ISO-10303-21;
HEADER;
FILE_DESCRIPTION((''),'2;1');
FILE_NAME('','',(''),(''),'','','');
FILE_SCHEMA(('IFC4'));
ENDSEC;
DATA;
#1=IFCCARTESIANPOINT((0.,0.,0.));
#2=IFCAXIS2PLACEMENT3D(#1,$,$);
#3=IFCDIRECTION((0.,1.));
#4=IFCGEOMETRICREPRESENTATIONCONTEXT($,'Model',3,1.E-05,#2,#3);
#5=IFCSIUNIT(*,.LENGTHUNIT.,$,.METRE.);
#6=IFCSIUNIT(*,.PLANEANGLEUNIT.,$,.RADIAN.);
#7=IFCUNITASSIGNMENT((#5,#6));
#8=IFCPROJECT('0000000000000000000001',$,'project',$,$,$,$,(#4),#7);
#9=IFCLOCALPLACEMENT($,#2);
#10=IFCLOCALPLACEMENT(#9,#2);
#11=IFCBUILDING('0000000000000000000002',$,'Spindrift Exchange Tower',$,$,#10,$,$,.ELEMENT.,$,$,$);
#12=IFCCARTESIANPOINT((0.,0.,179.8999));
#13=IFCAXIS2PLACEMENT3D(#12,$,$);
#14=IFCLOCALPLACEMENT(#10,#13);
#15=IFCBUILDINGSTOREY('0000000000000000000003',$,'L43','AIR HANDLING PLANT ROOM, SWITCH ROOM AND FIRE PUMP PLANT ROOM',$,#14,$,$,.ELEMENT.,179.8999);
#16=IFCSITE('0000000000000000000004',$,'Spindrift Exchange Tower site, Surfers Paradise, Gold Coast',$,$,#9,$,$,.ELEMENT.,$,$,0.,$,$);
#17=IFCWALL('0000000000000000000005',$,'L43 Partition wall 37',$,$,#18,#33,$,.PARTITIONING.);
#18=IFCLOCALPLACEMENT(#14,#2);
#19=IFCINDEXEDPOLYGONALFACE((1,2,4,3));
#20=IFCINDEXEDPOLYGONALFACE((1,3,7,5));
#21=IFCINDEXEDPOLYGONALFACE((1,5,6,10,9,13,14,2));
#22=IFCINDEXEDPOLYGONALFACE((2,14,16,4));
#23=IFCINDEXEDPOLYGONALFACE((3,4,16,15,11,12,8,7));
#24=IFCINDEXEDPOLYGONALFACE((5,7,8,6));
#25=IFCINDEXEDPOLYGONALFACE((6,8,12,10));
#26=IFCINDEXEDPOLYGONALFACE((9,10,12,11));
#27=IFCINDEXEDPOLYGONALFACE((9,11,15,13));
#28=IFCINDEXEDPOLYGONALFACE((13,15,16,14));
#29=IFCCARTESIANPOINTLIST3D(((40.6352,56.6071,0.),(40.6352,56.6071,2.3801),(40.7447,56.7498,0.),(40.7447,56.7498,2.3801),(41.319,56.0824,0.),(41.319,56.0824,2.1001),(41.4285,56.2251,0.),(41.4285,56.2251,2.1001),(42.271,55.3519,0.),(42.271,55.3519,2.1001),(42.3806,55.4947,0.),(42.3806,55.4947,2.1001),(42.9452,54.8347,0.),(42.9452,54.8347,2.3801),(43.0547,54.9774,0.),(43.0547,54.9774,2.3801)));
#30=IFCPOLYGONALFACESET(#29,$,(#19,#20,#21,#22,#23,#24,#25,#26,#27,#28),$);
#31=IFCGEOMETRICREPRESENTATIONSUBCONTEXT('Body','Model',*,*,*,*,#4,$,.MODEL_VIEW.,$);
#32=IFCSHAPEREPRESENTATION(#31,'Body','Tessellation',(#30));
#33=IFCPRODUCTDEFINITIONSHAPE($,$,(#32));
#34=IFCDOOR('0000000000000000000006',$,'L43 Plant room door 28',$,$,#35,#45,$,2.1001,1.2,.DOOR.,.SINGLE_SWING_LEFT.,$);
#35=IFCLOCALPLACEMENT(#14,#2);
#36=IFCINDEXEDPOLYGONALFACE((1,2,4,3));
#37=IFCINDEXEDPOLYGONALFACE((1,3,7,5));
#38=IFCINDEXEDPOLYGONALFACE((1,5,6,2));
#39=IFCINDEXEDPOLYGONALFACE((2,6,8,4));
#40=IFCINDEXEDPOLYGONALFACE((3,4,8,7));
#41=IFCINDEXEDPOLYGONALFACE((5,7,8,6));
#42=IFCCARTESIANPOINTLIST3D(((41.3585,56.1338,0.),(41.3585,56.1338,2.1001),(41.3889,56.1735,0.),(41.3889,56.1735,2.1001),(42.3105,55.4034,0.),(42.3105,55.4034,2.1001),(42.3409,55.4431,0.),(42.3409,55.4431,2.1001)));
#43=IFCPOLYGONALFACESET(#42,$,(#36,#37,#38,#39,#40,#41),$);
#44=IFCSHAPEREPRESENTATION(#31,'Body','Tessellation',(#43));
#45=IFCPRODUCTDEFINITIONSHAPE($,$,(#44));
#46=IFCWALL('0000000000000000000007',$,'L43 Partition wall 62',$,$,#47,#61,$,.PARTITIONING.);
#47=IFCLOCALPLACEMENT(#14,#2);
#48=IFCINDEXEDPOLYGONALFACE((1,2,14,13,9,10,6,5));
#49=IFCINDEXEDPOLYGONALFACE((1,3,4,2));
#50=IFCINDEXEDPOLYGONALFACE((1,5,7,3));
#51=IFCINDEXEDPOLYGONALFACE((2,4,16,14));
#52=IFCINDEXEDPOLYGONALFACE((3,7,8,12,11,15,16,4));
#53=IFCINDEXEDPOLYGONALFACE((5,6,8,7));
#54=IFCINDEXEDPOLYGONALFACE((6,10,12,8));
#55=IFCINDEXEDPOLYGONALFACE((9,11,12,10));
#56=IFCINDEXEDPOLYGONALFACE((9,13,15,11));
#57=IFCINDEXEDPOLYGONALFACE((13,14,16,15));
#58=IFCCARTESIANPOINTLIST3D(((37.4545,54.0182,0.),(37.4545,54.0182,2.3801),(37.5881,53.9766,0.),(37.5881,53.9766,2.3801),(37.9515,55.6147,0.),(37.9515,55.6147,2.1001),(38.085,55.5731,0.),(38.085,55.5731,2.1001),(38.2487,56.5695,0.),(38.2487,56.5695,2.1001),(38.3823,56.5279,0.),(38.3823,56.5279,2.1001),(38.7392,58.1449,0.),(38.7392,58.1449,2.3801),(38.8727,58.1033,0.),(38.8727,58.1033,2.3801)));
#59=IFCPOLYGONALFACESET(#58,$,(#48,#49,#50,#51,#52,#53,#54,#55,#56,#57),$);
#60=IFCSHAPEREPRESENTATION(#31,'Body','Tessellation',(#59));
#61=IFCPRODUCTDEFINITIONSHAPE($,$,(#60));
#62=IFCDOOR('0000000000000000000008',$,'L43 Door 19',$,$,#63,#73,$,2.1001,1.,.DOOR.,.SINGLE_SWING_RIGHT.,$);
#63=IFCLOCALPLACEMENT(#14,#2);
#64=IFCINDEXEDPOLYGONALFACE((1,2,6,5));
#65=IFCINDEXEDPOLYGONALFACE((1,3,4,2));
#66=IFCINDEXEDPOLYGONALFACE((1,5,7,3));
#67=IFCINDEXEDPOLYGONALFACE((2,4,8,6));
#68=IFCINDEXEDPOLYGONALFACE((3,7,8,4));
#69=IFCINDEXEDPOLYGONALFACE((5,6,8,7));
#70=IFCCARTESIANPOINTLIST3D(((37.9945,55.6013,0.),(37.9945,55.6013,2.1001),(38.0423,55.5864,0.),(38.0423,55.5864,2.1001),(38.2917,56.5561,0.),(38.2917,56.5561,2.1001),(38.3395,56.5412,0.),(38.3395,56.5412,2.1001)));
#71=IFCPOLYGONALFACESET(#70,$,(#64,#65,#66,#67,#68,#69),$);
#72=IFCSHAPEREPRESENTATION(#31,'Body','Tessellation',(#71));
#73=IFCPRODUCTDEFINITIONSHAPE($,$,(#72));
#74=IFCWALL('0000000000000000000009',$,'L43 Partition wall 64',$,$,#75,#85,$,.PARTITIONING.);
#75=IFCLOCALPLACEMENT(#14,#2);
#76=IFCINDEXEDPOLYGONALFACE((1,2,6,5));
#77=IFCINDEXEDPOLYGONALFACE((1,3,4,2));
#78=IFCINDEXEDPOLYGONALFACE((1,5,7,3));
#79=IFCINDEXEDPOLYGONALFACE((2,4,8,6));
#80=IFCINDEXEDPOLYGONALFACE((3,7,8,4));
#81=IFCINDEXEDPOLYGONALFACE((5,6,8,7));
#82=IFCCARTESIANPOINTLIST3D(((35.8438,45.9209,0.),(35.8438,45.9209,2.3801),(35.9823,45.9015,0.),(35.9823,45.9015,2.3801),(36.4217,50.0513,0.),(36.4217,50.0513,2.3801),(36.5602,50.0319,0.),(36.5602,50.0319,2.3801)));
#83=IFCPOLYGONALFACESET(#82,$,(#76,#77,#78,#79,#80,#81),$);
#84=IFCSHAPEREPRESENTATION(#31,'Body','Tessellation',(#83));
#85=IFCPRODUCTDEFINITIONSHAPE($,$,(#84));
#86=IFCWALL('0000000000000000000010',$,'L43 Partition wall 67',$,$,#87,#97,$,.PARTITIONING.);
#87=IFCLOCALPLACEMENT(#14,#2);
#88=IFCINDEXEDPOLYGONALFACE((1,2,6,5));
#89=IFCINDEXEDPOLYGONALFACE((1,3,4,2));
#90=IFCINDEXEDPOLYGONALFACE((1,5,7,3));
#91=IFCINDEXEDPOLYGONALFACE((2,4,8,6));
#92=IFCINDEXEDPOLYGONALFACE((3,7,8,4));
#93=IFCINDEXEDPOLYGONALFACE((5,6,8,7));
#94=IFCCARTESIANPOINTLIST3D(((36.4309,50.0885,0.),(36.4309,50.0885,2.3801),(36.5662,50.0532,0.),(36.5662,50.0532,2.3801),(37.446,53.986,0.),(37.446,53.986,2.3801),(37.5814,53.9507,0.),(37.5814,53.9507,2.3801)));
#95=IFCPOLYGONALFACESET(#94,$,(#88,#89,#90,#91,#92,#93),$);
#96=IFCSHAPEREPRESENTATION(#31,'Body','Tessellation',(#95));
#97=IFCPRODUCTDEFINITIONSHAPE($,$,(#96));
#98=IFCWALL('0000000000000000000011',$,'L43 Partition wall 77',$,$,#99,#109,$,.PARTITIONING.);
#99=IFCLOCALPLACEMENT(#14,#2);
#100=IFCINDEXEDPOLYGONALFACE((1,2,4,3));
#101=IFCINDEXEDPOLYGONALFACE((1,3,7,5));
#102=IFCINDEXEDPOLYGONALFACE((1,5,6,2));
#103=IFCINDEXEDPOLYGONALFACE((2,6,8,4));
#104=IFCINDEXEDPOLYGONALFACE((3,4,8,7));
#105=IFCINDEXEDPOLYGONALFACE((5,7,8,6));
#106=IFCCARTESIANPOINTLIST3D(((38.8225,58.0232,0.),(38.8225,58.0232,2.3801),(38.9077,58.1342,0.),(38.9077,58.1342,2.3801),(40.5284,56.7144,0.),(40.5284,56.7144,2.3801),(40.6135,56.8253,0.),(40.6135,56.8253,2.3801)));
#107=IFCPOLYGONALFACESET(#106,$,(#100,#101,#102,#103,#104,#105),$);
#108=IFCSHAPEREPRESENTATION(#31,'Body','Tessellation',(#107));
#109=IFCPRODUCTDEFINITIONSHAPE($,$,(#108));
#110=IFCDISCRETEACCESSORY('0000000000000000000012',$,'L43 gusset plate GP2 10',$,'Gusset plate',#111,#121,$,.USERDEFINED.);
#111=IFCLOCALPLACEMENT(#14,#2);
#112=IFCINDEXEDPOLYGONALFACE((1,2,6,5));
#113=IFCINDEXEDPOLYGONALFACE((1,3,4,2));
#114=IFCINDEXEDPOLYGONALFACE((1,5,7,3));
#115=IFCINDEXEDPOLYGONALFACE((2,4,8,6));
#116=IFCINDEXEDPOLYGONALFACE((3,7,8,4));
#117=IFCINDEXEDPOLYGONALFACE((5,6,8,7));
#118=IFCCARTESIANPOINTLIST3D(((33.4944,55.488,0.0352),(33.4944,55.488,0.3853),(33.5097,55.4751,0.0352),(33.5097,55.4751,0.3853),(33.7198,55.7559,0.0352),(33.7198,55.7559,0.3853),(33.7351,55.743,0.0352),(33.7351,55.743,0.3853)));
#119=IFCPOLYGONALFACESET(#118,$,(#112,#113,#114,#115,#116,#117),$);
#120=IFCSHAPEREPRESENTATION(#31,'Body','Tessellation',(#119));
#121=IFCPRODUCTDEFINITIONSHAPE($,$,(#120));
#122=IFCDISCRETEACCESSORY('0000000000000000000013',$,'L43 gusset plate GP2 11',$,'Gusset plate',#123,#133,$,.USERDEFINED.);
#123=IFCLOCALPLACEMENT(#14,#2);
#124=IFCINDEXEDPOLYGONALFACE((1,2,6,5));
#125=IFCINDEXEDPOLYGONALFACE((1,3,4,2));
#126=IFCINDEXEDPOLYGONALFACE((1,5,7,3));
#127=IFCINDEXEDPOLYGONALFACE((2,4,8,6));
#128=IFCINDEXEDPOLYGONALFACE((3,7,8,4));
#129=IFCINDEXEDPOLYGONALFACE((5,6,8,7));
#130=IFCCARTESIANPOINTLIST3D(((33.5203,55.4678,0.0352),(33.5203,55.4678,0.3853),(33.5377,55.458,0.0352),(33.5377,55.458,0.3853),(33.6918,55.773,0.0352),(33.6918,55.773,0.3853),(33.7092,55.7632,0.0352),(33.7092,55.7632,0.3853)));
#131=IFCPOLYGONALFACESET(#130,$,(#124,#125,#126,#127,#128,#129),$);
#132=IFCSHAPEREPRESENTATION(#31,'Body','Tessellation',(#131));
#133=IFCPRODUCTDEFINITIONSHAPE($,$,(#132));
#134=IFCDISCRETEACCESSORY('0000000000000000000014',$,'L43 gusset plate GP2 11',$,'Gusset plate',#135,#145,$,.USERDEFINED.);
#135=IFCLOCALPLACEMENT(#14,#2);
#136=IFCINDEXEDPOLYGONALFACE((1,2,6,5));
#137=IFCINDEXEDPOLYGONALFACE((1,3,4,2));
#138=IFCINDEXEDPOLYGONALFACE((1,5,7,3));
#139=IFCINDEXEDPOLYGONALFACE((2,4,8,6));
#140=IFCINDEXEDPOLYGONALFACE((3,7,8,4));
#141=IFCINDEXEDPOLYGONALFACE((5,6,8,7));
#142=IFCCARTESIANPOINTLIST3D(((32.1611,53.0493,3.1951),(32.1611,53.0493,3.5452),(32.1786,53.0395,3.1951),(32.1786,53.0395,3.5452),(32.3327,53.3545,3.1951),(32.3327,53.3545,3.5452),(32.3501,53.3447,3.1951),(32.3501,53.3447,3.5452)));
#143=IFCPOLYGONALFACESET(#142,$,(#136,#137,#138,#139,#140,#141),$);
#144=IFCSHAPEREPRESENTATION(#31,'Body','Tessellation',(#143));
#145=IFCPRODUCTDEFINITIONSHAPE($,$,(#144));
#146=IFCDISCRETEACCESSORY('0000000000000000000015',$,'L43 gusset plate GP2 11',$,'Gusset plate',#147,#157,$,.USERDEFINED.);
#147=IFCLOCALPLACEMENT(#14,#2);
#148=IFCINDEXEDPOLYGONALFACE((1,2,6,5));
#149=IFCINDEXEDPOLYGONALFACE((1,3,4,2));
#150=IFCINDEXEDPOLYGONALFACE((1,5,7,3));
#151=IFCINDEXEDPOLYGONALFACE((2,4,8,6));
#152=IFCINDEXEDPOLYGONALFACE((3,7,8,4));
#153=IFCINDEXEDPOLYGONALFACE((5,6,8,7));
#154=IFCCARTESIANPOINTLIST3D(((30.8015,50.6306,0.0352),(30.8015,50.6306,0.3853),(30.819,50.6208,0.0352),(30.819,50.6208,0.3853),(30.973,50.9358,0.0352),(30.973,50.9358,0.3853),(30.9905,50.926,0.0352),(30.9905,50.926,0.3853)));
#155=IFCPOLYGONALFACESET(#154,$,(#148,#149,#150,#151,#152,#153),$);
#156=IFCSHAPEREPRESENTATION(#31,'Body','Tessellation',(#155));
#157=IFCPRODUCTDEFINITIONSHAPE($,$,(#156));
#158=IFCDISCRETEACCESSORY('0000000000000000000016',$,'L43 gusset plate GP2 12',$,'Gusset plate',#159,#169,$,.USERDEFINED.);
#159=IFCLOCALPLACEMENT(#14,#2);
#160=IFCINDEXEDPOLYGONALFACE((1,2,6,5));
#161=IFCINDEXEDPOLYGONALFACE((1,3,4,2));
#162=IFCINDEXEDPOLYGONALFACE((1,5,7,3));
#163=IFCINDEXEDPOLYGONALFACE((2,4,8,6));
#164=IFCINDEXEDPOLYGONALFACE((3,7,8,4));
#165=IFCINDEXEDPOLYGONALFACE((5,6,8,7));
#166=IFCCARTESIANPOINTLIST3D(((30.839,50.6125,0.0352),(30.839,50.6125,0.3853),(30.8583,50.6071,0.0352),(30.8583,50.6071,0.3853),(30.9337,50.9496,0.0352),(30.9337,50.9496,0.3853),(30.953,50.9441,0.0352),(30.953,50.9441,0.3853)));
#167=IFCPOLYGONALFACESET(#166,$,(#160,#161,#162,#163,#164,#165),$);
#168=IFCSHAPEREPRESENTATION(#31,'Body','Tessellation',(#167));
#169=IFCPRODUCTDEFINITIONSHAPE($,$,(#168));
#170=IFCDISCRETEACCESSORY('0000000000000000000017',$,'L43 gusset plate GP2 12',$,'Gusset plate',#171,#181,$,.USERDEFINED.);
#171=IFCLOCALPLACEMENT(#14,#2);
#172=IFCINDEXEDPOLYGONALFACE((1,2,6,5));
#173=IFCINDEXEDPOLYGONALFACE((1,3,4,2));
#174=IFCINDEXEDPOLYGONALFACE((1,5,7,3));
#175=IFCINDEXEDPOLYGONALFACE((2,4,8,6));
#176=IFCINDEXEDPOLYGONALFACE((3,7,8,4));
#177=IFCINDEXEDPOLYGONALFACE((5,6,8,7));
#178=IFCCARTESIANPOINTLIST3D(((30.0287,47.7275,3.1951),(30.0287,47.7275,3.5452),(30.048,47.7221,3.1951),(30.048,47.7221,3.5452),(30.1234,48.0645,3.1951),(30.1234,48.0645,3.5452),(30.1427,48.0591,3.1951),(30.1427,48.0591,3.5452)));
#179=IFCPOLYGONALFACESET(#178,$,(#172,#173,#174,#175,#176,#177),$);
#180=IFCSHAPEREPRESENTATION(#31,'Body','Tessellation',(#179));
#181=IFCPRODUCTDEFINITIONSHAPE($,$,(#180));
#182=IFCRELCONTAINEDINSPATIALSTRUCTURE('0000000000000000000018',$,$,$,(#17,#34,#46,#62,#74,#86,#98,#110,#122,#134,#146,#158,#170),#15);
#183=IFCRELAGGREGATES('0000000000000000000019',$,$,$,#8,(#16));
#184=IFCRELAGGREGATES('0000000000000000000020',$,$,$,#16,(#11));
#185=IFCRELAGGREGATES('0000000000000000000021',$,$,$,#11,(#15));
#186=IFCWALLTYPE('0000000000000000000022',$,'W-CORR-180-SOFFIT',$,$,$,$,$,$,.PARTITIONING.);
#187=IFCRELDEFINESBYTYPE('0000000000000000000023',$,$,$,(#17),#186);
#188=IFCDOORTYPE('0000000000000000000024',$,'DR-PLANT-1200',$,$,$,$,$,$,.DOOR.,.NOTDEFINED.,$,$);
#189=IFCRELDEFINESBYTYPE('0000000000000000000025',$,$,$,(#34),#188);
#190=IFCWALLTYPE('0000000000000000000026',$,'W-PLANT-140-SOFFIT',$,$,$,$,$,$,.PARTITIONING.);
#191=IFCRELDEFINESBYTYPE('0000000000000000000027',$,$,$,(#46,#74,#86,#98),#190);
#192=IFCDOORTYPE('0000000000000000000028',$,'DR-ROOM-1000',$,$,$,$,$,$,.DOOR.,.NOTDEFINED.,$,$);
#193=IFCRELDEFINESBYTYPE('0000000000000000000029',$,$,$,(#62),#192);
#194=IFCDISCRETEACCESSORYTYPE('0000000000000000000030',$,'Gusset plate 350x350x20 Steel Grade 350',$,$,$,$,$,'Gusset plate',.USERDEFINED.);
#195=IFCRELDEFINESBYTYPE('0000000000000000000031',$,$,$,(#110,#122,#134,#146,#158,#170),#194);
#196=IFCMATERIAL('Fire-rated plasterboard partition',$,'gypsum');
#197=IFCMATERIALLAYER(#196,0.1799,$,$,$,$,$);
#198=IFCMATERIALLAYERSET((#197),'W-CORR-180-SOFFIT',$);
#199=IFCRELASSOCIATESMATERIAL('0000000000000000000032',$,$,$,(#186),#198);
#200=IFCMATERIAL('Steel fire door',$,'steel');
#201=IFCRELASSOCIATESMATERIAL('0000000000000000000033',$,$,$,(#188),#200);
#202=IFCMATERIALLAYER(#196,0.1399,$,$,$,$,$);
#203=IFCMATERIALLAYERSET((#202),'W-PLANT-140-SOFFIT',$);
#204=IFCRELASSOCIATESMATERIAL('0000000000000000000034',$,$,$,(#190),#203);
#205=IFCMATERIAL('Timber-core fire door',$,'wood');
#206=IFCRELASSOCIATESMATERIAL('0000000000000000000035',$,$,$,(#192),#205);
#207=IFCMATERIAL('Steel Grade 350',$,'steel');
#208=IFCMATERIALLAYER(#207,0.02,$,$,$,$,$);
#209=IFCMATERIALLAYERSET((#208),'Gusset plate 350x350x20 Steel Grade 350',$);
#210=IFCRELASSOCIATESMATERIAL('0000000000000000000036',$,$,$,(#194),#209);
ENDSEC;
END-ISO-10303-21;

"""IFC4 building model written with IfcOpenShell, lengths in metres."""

from ifc_helpers import new_model, si_unit, direction, frame, frame_2d, origin, origin_2d, place, context, subcontext, project, spatial, rectangle, extrude, source, transform, mapped, material, layer, layer_set, type_object, element, fill, save


model = new_model("IFC4")

# Units and contexts
model_context = context("Model", 3, precision=1e-05, world=origin(), true_north=direction((0.0, 1.0)))
body_context = subcontext(model_context, "Body", "Model", "MODEL_VIEW")
ifc_project = project(units=[si_unit("LENGTHUNIT", "METRE"), si_unit("PLANEANGLEUNIT", "RADIAN")], contexts=[model_context])

# Site, building, storey
site_placement = place(None, origin())
site = spatial("IfcSite", under=ifc_project, at=site_placement, Name="Spindrift Exchange Tower site, Surfers Paradise, Gold Coast", CompositionType="ELEMENT", RefElevation=0.0)
building_placement = place(site_placement, origin())
building = spatial("IfcBuilding", under=site, at=building_placement, Name="Spindrift Exchange Tower", CompositionType="ELEMENT")
storey_placement = place(building_placement, frame((0.0, 0.0, 179.8999)))
storey = spatial("IfcBuildingStorey", under=building, at=storey_placement, Name="L43", Description="AIR HANDLING PLANT ROOM, SWITCH ROOM AND FIRE PUMP PLANT ROOM", CompositionType="ELEMENT", Elevation=179.8999)

# Shared definitions
ifc_material_1 = material(Name="Steel Grade 350", Category="steel")

# Walls, openings, doors
ifc_material_2 = material(Name="Fire-rated plasterboard partition", Category="gypsum")
ifc_layer_1 = layer(ifc_material_2, 0.1799)
ifc_layer_set_1 = layer_set([ifc_layer_1], Name="W-CORR-180-SOFFIT")
wall_type_1 = type_object("IfcWallType", Name="W-CORR-180-SOFFIT", PredefinedType="PARTITIONING", material=ifc_layer_set_1)
wall_1_placement = place(storey_placement, frame((40.6899, 56.6785, 0.0), z_axis=(0.0, 0.0, 1.0), x_axis=(0.793371, -0.608738, 0.0)))
wall_1 = element("IfcWall", 1, at=wall_1_placement, inside=storey, type_object=wall_type_1, Name="L43 Partition wall 37", PredefinedType="PARTITIONING", context=body_context, shape_type="SweptSolid", body=[
    extrude(rectangle(XDim=2.9116, YDim=0.1799, at=frame_2d((1.4558, 0.0))), origin(), (0.0, 0.0, 1.0), 2.3801),
])
opening_1_placement = place(wall_1_placement, frame((0.8618, 0.0, 0.0)))
opening_1 = element("IfcOpeningElement", 2, at=opening_1_placement, cuts=wall_1, PredefinedType="OPENING", context=body_context, shape_type="SweptSolid", body=[
    extrude(rectangle(XDim=1.2, YDim=2.1001, at=frame_2d((0.6001, 1.05))), frame((0.0, 0.0999, 0.0), z_axis=(0.0, -1.0, 0.0), x_axis=(1.0, 0.0, 0.0)), (0.0, 0.0, 1.0), 0.2),
])
ifc_material_3 = material(Name="Steel fire door", Category="steel")
door_type_1 = type_object("IfcDoorType", Name="DR-PLANT-1200", OperationType="NOTDEFINED", PredefinedType="DOOR", material=ifc_material_3)
shared_shape_1 = source(origin(), body_context, "Body", "SweptSolid", [
    extrude(rectangle(XDim=1.2, YDim=2.1001, at=frame_2d((0.6001, 1.05))), frame((0.0, 0.0249, 0.0), z_axis=(0.0, -1.0, 0.0), x_axis=(1.0, 0.0, 0.0)), (0.0, 0.0, 1.0), 0.05),
])
door_1_placement = place(opening_1_placement, origin())
door_1 = element("IfcDoor", 3, at=door_1_placement, inside=storey, type_object=door_type_1, Name="L43 Plant room door 28", OperationType="SINGLE_SWING_LEFT", OverallHeight=2.1001, OverallWidth=1.2, PredefinedType="DOOR", context=body_context, shape_type="MappedRepresentation", body=[
    mapped(shared_shape_1, transform((0.0, 0.0, 0.0), scale=1.0)),
])
fill(opening_1, door_1)
ifc_layer_2 = layer(ifc_material_2, 0.1399)
ifc_layer_set_2 = layer_set([ifc_layer_2], Name="W-PLANT-140-SOFFIT")
wall_type_2 = type_object("IfcWallType", Name="W-PLANT-140-SOFFIT", PredefinedType="PARTITIONING", material=ifc_layer_set_2)
wall_2_placement = place(storey_placement, frame((37.5212, 53.9973, 0.0), z_axis=(0.0, 0.0, 1.0), x_axis=(0.297236, 0.954804, 0.0)))
wall_2 = element("IfcWall", 4, at=wall_2_placement, inside=storey, type_object=wall_type_2, Name="L43 Partition wall 62", PredefinedType="PARTITIONING", context=body_context, shape_type="SweptSolid", body=[
    extrude(rectangle(XDim=4.322, YDim=0.1399, at=frame_2d((2.1611, 0.0))), origin(), (0.0, 0.0, 1.0), 2.3801),
])
opening_2_placement = place(wall_2_placement, frame((1.6721, 0.0, 0.0)))
opening_2 = element("IfcOpeningElement", 5, at=opening_2_placement, cuts=wall_2, PredefinedType="OPENING", context=body_context, shape_type="SweptSolid", body=[
    extrude(rectangle(XDim=1.0, YDim=2.1001, at=frame_2d((0.5, 1.05))), frame((0.0, 0.0798, 0.0), z_axis=(0.0, -1.0, 0.0), x_axis=(1.0, 0.0, 0.0)), (0.0, 0.0, 1.0), 0.1599),
])
ifc_material_4 = material(Name="Timber-core fire door", Category="wood")
door_type_2 = type_object("IfcDoorType", Name="DR-ROOM-1000", OperationType="NOTDEFINED", PredefinedType="DOOR", material=ifc_material_4)
shared_shape_2 = source(origin(), body_context, "Body", "SweptSolid", [
    extrude(rectangle(XDim=1.0, YDim=2.1001, at=frame_2d((0.5, 1.05))), frame((0.0, 0.0249, 0.0), z_axis=(0.0, -1.0, 0.0), x_axis=(1.0, 0.0, 0.0)), (0.0, 0.0, 1.0), 0.05),
])
door_2_placement = place(opening_2_placement, origin())
door_2 = element("IfcDoor", 6, at=door_2_placement, inside=storey, type_object=door_type_2, Name="L43 Door 19", OperationType="SINGLE_SWING_RIGHT", OverallHeight=2.1001, OverallWidth=1.0, PredefinedType="DOOR", context=body_context, shape_type="MappedRepresentation", body=[
    mapped(shared_shape_2, transform((0.0, 0.0, 0.0), scale=1.0)),
])
fill(opening_2, door_2)

# Walls
wall_3_placement = place(storey_placement, frame((36.491, 50.0417, 0.0), z_axis=(0.0, 0.0, 1.0), x_axis=(-0.138561, -0.990354, 0.0)))
element("IfcWall", 7, at=wall_3_placement, inside=storey, type_object=wall_type_2, Name="L43 Partition wall 64", PredefinedType="PARTITIONING", context=body_context, shape_type="SweptSolid", body=[
    extrude(rectangle(XDim=4.1707, YDim=0.1399, at=frame_2d((2.0854, 0.0))), origin(), (0.0, 0.0, 1.0), 2.3801),
])
wall_4_placement = place(storey_placement, frame((37.5137, 53.9683, 0.0), z_axis=(0.0, 0.0, 1.0), x_axis=(-0.252052, -0.967714, 0.0)))
element("IfcWall", 8, at=wall_4_placement, inside=storey, type_object=wall_type_2, Name="L43 Partition wall 67", PredefinedType="PARTITIONING", context=body_context, shape_type="SweptSolid", body=[
    extrude(rectangle(XDim=4.0276, YDim=0.1399, at=frame_2d((2.0137, 0.0))), origin(), (0.0, 0.0, 1.0), 2.3801),
])
wall_5_placement = place(storey_placement, frame((40.571, 56.7698, 0.0), z_axis=(0.0, 0.0, 1.0), x_axis=(-0.793371, 0.608739, 0.0)))
element("IfcWall", 9, at=wall_5_placement, inside=storey, type_object=wall_type_2, Name="L43 Partition wall 77", PredefinedType="PARTITIONING", context=body_context, shape_type="SweptSolid", body=[
    extrude(rectangle(XDim=2.1501, YDim=0.1399, at=frame_2d((1.0752, 0.0))), origin(), (0.0, 0.0, 1.0), 2.3801),
])

# Discrete accessories
ifc_layer_3 = layer(ifc_material_1, 0.02)
ifc_layer_set_3 = layer_set([ifc_layer_3], Name="Gusset plate 350x350x20 Steel Grade 350")
discrete_accessory_type = type_object("IfcDiscreteAccessoryType", Name="Gusset plate 350x350x20 Steel Grade 350", ElementType="Gusset plate", PredefinedType="USERDEFINED", material=ifc_layer_set_3)
shared_shape_3 = source(origin(), body_context, "Body", "SweptSolid", [
    extrude(rectangle(XDim=0.3501, YDim=0.02, at=origin_2d()), origin(), (0.0, 0.0, 1.0), 0.3501),
])
for number, where, z_axis, x_axis, name in (
    (10, (33.6147, 55.6155, 0.0352), (0.0, 0.0, 1.0), (-0.64368, -0.765295, 0.0), "L43 gusset plate GP2 10"),
    (11, (33.6147, 55.6155, 0.0352), (0.0, 0.0, 1.0), (-0.489958, -0.871746, 0.0), "L43 gusset plate GP2 11"),
    (12, (32.2556, 53.197, 3.1951), (0.0, 0.0, 1.0), (-0.489958, -0.871746, 0.0), "L43 gusset plate GP2 11"),
    (13, (30.896, 50.7783, 0.0352), (0.0, 0.0, 1.0), (-0.489985, -0.871731, 0.0), "L43 gusset plate GP2 11"),
    (14, (30.896, 50.7783, 0.0352), (0.0, 0.0, 1.0), (-0.270456, -0.962732, 0.0), "L43 gusset plate GP2 12"),
    (15, (30.0857, 47.8933, 3.1951), (0.0, 0.0, 1.0), (-0.270456, -0.962732, 0.0), "L43 gusset plate GP2 12"),
):
    element("IfcDiscreteAccessory", number, at=place(storey_placement, frame(where, z_axis=z_axis, x_axis=x_axis)), inside=storey, type_object=discrete_accessory_type, Name=name, ObjectType="Gusset plate", PredefinedType="USERDEFINED", context=body_context, shape_type="MappedRepresentation", body=[
        mapped(shared_shape_3, transform((0.0, 0.0, 0.0), scale=1.0)),
    ])

save(model, "model.ifc")
